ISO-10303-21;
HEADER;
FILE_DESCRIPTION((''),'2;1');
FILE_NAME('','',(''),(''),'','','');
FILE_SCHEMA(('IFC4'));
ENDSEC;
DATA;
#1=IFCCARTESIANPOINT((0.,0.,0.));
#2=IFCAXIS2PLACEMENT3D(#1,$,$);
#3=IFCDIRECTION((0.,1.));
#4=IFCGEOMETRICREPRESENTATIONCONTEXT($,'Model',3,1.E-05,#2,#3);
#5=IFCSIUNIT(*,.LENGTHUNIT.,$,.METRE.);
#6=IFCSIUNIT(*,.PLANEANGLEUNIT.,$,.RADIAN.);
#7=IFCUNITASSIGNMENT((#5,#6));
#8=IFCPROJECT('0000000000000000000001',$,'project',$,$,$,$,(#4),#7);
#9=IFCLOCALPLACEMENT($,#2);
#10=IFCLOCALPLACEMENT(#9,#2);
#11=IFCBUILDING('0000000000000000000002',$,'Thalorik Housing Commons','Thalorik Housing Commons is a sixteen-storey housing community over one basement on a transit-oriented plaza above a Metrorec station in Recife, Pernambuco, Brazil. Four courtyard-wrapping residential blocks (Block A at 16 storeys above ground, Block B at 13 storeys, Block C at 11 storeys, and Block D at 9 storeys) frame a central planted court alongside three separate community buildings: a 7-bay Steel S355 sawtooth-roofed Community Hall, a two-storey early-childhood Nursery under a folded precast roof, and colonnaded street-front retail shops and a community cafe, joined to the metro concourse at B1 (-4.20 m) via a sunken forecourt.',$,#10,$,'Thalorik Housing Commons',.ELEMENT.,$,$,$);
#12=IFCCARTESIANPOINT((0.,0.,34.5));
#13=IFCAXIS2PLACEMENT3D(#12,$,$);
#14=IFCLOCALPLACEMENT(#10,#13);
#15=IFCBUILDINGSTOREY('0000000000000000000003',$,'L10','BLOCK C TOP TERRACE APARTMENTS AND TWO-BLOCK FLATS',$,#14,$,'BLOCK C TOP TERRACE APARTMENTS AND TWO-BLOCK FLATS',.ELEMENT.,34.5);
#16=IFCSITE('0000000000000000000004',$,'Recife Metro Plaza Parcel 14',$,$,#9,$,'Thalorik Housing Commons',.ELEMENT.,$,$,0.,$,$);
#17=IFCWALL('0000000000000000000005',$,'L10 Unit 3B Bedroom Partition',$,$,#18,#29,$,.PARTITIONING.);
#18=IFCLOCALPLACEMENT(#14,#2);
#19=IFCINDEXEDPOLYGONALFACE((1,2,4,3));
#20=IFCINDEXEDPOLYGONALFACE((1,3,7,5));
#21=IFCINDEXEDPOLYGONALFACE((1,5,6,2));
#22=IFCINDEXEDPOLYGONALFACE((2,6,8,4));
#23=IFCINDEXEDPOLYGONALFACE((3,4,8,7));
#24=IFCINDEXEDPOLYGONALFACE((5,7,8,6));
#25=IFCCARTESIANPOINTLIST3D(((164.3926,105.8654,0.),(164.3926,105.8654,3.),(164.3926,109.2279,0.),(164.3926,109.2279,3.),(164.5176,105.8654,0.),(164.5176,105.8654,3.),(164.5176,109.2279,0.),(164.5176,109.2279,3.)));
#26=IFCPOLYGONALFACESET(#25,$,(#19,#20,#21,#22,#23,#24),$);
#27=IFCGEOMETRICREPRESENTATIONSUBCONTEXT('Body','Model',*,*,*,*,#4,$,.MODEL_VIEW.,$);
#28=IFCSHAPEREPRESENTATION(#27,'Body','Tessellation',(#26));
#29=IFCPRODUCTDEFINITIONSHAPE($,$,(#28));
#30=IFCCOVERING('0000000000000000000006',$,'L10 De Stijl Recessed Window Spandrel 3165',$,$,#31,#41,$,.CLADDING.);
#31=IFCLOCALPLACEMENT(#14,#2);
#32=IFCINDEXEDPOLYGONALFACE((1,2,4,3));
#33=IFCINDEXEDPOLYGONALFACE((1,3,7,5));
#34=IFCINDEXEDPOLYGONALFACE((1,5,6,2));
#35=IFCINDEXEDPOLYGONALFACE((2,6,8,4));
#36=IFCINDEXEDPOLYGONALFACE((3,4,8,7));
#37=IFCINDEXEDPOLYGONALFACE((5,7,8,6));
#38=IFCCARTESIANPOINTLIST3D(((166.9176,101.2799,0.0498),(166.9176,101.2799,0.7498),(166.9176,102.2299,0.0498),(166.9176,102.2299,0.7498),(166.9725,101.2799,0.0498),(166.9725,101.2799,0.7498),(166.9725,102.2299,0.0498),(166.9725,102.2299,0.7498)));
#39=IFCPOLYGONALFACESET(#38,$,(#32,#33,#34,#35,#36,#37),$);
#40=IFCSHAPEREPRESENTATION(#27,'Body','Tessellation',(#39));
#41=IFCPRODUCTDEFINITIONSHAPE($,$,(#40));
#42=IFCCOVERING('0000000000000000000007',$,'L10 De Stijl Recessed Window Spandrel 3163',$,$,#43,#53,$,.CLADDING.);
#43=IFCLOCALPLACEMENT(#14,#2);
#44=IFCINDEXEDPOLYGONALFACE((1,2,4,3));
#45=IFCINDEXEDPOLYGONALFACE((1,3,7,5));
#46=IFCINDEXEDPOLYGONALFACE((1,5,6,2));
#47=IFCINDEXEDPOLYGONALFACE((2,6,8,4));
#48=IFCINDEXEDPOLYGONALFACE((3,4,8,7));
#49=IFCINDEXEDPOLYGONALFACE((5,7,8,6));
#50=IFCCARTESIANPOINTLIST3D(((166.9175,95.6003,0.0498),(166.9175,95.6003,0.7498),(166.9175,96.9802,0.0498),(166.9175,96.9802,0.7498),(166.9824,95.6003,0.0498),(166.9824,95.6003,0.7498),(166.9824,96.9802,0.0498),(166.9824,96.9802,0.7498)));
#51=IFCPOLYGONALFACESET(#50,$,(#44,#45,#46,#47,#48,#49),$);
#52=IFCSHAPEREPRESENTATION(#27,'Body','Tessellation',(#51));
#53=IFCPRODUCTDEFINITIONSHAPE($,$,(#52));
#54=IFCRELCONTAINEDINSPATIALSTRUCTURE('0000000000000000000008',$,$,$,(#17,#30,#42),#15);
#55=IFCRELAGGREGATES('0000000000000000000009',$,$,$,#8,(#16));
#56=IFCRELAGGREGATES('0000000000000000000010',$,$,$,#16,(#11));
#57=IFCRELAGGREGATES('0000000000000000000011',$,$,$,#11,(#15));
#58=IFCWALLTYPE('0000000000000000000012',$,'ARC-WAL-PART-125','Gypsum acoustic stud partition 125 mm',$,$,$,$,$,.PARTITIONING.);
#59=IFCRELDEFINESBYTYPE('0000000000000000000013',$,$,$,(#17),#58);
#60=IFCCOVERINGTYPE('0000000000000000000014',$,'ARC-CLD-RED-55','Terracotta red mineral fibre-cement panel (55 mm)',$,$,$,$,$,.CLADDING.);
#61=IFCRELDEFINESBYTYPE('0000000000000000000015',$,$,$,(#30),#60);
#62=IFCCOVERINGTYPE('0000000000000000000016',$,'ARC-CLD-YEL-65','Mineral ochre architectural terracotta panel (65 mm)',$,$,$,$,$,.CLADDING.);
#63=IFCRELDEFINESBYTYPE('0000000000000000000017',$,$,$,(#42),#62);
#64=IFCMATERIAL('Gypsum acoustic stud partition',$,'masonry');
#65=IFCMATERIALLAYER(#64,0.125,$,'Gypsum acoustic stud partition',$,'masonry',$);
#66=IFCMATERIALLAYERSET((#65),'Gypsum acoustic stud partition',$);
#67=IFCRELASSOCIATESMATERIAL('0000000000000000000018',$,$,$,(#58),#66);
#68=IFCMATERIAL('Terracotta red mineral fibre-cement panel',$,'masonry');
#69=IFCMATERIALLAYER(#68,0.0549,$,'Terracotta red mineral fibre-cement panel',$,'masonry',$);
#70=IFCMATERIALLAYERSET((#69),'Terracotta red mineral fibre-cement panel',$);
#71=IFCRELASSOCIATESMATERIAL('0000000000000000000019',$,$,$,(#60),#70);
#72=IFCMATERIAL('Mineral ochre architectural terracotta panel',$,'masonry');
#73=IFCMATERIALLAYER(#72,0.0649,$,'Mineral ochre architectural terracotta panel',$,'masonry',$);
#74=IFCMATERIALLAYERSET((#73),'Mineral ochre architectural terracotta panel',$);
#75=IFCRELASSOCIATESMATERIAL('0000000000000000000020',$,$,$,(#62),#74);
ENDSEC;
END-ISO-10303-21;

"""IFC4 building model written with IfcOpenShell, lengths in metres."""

from ifc_helpers import new_model, si_unit, direction, frame, frame_2d, origin, origin_2d, place, context, subcontext, project, spatial, rectangle, extrude, material, layer, layer_set, type_object, element, save


model = new_model("IFC4")

# Units and contexts
model_context = context("Model", 3, precision=1e-05, world=origin(), true_north=direction((0.0, 1.0)))
body_context = subcontext(model_context, "Body", "Model", "MODEL_VIEW")
ifc_project = project(units=[si_unit("LENGTHUNIT", "METRE"), si_unit("PLANEANGLEUNIT", "RADIAN")], contexts=[model_context])

# Site, building, storey
site_placement = place(None, origin())
site = spatial("IfcSite", under=ifc_project, at=site_placement, Name="Recife Metro Plaza Parcel 14", LongName="Thalorik Housing Commons", CompositionType="ELEMENT", RefElevation=0.0)
building_placement = place(site_placement, origin())
building = spatial("IfcBuilding", under=site, at=building_placement, Name="Thalorik Housing Commons", Description="Thalorik Housing Commons is a sixteen-storey housing community over one basement on a transit-oriented plaza above a Metrorec station in Recife, Pernambuco, Brazil. Four courtyard-wrapping residential blocks (Block A at 16 storeys above ground, Block B at 13 storeys, Block C at 11 storeys, and Block D at 9 storeys) frame a central planted court alongside three separate community buildings: a 7-bay Steel S355 sawtooth-roofed Community Hall, a two-storey early-childhood Nursery under a folded precast roof, and colonnaded street-front retail shops and a community cafe, joined to the metro concourse at B1 (-4.20 m) via a sunken forecourt.", LongName="Thalorik Housing Commons", CompositionType="ELEMENT")
storey_placement = place(building_placement, frame((0.0, 0.0, 34.5)))
storey = spatial("IfcBuildingStorey", under=building, at=storey_placement, Name="L10", Description="BLOCK C TOP TERRACE APARTMENTS AND TWO-BLOCK FLATS", LongName="BLOCK C TOP TERRACE APARTMENTS AND TWO-BLOCK FLATS", CompositionType="ELEMENT", Elevation=34.5)

# Wall
ifc_material_1 = material(Name="Gypsum acoustic stud partition", Category="masonry")
ifc_layer_1 = layer(ifc_material_1, 0.125, Name="Gypsum acoustic stud partition", Category="masonry")
ifc_layer_set_1 = layer_set([ifc_layer_1], Name="Gypsum acoustic stud partition")
wall_type_1 = type_object("IfcWallType", Name="ARC-WAL-PART-125", Description="Gypsum acoustic stud partition 125 mm", PredefinedType="PARTITIONING", material=ifc_layer_set_1)
wall_1_placement = place(storey_placement, frame((164.4551, 105.8655, 0.0), z_axis=(0.0, 0.0, 1.0), x_axis=(0.0, 1.0, 0.0)))
element("IfcWall", 1, at=wall_1_placement, inside=storey, type_object=wall_type_1, Name="L10 Unit 3B Bedroom Partition", PredefinedType="PARTITIONING", context=body_context, shape_type="SweptSolid", body=[
    extrude(rectangle(XDim=3.3625, YDim=0.125, at=frame_2d((1.6812, 0.0))), origin(), (0.0, 0.0, 1.0), 3.0),
])

# Coverings
ifc_material_2 = material(Name="Terracotta red mineral fibre-cement panel", Category="masonry")
ifc_layer_2 = layer(ifc_material_2, 0.0549, Name="Terracotta red mineral fibre-cement panel", Category="masonry")
ifc_layer_set_2 = layer_set([ifc_layer_2], Name="Terracotta red mineral fibre-cement panel")
covering_type_1 = type_object("IfcCoveringType", Name="ARC-CLD-RED-55", Description="Terracotta red mineral fibre-cement panel (55 mm)", PredefinedType="CLADDING", material=ifc_layer_set_2)
covering_1_placement = place(storey_placement, frame((166.9451, 101.7549, 0.0498), z_axis=(0.0, 0.0, 1.0), x_axis=(0.0, 1.0, 0.0)))
element("IfcCovering", 2, at=covering_1_placement, inside=storey, type_object=covering_type_1, Name="L10 De Stijl Recessed Window Spandrel 3165", PredefinedType="CLADDING", context=body_context, shape_type="SweptSolid", body=[
    extrude(rectangle(XDim=0.95, YDim=0.0549, at=origin_2d()), origin(), (0.0, 0.0, 1.0), 0.7),
])
ifc_material_3 = material(Name="Mineral ochre architectural terracotta panel", Category="masonry")
ifc_layer_3 = layer(ifc_material_3, 0.0649, Name="Mineral ochre architectural terracotta panel", Category="masonry")
ifc_layer_set_3 = layer_set([ifc_layer_3], Name="Mineral ochre architectural terracotta panel")
covering_type_2 = type_object("IfcCoveringType", Name="ARC-CLD-YEL-65", Description="Mineral ochre architectural terracotta panel (65 mm)", PredefinedType="CLADDING", material=ifc_layer_set_3)
covering_2_placement = place(storey_placement, frame((166.95, 96.2903, 0.0498), z_axis=(0.0, 0.0, 1.0), x_axis=(0.0, 1.0, 0.0)))
element("IfcCovering", 3, at=covering_2_placement, inside=storey, type_object=covering_type_2, Name="L10 De Stijl Recessed Window Spandrel 3163", PredefinedType="CLADDING", context=body_context, shape_type="SweptSolid", body=[
    extrude(rectangle(XDim=1.3799, YDim=0.0649, at=origin_2d()), origin(), (0.0, 0.0, 1.0), 0.7),
])

save(model, "model.ifc")
